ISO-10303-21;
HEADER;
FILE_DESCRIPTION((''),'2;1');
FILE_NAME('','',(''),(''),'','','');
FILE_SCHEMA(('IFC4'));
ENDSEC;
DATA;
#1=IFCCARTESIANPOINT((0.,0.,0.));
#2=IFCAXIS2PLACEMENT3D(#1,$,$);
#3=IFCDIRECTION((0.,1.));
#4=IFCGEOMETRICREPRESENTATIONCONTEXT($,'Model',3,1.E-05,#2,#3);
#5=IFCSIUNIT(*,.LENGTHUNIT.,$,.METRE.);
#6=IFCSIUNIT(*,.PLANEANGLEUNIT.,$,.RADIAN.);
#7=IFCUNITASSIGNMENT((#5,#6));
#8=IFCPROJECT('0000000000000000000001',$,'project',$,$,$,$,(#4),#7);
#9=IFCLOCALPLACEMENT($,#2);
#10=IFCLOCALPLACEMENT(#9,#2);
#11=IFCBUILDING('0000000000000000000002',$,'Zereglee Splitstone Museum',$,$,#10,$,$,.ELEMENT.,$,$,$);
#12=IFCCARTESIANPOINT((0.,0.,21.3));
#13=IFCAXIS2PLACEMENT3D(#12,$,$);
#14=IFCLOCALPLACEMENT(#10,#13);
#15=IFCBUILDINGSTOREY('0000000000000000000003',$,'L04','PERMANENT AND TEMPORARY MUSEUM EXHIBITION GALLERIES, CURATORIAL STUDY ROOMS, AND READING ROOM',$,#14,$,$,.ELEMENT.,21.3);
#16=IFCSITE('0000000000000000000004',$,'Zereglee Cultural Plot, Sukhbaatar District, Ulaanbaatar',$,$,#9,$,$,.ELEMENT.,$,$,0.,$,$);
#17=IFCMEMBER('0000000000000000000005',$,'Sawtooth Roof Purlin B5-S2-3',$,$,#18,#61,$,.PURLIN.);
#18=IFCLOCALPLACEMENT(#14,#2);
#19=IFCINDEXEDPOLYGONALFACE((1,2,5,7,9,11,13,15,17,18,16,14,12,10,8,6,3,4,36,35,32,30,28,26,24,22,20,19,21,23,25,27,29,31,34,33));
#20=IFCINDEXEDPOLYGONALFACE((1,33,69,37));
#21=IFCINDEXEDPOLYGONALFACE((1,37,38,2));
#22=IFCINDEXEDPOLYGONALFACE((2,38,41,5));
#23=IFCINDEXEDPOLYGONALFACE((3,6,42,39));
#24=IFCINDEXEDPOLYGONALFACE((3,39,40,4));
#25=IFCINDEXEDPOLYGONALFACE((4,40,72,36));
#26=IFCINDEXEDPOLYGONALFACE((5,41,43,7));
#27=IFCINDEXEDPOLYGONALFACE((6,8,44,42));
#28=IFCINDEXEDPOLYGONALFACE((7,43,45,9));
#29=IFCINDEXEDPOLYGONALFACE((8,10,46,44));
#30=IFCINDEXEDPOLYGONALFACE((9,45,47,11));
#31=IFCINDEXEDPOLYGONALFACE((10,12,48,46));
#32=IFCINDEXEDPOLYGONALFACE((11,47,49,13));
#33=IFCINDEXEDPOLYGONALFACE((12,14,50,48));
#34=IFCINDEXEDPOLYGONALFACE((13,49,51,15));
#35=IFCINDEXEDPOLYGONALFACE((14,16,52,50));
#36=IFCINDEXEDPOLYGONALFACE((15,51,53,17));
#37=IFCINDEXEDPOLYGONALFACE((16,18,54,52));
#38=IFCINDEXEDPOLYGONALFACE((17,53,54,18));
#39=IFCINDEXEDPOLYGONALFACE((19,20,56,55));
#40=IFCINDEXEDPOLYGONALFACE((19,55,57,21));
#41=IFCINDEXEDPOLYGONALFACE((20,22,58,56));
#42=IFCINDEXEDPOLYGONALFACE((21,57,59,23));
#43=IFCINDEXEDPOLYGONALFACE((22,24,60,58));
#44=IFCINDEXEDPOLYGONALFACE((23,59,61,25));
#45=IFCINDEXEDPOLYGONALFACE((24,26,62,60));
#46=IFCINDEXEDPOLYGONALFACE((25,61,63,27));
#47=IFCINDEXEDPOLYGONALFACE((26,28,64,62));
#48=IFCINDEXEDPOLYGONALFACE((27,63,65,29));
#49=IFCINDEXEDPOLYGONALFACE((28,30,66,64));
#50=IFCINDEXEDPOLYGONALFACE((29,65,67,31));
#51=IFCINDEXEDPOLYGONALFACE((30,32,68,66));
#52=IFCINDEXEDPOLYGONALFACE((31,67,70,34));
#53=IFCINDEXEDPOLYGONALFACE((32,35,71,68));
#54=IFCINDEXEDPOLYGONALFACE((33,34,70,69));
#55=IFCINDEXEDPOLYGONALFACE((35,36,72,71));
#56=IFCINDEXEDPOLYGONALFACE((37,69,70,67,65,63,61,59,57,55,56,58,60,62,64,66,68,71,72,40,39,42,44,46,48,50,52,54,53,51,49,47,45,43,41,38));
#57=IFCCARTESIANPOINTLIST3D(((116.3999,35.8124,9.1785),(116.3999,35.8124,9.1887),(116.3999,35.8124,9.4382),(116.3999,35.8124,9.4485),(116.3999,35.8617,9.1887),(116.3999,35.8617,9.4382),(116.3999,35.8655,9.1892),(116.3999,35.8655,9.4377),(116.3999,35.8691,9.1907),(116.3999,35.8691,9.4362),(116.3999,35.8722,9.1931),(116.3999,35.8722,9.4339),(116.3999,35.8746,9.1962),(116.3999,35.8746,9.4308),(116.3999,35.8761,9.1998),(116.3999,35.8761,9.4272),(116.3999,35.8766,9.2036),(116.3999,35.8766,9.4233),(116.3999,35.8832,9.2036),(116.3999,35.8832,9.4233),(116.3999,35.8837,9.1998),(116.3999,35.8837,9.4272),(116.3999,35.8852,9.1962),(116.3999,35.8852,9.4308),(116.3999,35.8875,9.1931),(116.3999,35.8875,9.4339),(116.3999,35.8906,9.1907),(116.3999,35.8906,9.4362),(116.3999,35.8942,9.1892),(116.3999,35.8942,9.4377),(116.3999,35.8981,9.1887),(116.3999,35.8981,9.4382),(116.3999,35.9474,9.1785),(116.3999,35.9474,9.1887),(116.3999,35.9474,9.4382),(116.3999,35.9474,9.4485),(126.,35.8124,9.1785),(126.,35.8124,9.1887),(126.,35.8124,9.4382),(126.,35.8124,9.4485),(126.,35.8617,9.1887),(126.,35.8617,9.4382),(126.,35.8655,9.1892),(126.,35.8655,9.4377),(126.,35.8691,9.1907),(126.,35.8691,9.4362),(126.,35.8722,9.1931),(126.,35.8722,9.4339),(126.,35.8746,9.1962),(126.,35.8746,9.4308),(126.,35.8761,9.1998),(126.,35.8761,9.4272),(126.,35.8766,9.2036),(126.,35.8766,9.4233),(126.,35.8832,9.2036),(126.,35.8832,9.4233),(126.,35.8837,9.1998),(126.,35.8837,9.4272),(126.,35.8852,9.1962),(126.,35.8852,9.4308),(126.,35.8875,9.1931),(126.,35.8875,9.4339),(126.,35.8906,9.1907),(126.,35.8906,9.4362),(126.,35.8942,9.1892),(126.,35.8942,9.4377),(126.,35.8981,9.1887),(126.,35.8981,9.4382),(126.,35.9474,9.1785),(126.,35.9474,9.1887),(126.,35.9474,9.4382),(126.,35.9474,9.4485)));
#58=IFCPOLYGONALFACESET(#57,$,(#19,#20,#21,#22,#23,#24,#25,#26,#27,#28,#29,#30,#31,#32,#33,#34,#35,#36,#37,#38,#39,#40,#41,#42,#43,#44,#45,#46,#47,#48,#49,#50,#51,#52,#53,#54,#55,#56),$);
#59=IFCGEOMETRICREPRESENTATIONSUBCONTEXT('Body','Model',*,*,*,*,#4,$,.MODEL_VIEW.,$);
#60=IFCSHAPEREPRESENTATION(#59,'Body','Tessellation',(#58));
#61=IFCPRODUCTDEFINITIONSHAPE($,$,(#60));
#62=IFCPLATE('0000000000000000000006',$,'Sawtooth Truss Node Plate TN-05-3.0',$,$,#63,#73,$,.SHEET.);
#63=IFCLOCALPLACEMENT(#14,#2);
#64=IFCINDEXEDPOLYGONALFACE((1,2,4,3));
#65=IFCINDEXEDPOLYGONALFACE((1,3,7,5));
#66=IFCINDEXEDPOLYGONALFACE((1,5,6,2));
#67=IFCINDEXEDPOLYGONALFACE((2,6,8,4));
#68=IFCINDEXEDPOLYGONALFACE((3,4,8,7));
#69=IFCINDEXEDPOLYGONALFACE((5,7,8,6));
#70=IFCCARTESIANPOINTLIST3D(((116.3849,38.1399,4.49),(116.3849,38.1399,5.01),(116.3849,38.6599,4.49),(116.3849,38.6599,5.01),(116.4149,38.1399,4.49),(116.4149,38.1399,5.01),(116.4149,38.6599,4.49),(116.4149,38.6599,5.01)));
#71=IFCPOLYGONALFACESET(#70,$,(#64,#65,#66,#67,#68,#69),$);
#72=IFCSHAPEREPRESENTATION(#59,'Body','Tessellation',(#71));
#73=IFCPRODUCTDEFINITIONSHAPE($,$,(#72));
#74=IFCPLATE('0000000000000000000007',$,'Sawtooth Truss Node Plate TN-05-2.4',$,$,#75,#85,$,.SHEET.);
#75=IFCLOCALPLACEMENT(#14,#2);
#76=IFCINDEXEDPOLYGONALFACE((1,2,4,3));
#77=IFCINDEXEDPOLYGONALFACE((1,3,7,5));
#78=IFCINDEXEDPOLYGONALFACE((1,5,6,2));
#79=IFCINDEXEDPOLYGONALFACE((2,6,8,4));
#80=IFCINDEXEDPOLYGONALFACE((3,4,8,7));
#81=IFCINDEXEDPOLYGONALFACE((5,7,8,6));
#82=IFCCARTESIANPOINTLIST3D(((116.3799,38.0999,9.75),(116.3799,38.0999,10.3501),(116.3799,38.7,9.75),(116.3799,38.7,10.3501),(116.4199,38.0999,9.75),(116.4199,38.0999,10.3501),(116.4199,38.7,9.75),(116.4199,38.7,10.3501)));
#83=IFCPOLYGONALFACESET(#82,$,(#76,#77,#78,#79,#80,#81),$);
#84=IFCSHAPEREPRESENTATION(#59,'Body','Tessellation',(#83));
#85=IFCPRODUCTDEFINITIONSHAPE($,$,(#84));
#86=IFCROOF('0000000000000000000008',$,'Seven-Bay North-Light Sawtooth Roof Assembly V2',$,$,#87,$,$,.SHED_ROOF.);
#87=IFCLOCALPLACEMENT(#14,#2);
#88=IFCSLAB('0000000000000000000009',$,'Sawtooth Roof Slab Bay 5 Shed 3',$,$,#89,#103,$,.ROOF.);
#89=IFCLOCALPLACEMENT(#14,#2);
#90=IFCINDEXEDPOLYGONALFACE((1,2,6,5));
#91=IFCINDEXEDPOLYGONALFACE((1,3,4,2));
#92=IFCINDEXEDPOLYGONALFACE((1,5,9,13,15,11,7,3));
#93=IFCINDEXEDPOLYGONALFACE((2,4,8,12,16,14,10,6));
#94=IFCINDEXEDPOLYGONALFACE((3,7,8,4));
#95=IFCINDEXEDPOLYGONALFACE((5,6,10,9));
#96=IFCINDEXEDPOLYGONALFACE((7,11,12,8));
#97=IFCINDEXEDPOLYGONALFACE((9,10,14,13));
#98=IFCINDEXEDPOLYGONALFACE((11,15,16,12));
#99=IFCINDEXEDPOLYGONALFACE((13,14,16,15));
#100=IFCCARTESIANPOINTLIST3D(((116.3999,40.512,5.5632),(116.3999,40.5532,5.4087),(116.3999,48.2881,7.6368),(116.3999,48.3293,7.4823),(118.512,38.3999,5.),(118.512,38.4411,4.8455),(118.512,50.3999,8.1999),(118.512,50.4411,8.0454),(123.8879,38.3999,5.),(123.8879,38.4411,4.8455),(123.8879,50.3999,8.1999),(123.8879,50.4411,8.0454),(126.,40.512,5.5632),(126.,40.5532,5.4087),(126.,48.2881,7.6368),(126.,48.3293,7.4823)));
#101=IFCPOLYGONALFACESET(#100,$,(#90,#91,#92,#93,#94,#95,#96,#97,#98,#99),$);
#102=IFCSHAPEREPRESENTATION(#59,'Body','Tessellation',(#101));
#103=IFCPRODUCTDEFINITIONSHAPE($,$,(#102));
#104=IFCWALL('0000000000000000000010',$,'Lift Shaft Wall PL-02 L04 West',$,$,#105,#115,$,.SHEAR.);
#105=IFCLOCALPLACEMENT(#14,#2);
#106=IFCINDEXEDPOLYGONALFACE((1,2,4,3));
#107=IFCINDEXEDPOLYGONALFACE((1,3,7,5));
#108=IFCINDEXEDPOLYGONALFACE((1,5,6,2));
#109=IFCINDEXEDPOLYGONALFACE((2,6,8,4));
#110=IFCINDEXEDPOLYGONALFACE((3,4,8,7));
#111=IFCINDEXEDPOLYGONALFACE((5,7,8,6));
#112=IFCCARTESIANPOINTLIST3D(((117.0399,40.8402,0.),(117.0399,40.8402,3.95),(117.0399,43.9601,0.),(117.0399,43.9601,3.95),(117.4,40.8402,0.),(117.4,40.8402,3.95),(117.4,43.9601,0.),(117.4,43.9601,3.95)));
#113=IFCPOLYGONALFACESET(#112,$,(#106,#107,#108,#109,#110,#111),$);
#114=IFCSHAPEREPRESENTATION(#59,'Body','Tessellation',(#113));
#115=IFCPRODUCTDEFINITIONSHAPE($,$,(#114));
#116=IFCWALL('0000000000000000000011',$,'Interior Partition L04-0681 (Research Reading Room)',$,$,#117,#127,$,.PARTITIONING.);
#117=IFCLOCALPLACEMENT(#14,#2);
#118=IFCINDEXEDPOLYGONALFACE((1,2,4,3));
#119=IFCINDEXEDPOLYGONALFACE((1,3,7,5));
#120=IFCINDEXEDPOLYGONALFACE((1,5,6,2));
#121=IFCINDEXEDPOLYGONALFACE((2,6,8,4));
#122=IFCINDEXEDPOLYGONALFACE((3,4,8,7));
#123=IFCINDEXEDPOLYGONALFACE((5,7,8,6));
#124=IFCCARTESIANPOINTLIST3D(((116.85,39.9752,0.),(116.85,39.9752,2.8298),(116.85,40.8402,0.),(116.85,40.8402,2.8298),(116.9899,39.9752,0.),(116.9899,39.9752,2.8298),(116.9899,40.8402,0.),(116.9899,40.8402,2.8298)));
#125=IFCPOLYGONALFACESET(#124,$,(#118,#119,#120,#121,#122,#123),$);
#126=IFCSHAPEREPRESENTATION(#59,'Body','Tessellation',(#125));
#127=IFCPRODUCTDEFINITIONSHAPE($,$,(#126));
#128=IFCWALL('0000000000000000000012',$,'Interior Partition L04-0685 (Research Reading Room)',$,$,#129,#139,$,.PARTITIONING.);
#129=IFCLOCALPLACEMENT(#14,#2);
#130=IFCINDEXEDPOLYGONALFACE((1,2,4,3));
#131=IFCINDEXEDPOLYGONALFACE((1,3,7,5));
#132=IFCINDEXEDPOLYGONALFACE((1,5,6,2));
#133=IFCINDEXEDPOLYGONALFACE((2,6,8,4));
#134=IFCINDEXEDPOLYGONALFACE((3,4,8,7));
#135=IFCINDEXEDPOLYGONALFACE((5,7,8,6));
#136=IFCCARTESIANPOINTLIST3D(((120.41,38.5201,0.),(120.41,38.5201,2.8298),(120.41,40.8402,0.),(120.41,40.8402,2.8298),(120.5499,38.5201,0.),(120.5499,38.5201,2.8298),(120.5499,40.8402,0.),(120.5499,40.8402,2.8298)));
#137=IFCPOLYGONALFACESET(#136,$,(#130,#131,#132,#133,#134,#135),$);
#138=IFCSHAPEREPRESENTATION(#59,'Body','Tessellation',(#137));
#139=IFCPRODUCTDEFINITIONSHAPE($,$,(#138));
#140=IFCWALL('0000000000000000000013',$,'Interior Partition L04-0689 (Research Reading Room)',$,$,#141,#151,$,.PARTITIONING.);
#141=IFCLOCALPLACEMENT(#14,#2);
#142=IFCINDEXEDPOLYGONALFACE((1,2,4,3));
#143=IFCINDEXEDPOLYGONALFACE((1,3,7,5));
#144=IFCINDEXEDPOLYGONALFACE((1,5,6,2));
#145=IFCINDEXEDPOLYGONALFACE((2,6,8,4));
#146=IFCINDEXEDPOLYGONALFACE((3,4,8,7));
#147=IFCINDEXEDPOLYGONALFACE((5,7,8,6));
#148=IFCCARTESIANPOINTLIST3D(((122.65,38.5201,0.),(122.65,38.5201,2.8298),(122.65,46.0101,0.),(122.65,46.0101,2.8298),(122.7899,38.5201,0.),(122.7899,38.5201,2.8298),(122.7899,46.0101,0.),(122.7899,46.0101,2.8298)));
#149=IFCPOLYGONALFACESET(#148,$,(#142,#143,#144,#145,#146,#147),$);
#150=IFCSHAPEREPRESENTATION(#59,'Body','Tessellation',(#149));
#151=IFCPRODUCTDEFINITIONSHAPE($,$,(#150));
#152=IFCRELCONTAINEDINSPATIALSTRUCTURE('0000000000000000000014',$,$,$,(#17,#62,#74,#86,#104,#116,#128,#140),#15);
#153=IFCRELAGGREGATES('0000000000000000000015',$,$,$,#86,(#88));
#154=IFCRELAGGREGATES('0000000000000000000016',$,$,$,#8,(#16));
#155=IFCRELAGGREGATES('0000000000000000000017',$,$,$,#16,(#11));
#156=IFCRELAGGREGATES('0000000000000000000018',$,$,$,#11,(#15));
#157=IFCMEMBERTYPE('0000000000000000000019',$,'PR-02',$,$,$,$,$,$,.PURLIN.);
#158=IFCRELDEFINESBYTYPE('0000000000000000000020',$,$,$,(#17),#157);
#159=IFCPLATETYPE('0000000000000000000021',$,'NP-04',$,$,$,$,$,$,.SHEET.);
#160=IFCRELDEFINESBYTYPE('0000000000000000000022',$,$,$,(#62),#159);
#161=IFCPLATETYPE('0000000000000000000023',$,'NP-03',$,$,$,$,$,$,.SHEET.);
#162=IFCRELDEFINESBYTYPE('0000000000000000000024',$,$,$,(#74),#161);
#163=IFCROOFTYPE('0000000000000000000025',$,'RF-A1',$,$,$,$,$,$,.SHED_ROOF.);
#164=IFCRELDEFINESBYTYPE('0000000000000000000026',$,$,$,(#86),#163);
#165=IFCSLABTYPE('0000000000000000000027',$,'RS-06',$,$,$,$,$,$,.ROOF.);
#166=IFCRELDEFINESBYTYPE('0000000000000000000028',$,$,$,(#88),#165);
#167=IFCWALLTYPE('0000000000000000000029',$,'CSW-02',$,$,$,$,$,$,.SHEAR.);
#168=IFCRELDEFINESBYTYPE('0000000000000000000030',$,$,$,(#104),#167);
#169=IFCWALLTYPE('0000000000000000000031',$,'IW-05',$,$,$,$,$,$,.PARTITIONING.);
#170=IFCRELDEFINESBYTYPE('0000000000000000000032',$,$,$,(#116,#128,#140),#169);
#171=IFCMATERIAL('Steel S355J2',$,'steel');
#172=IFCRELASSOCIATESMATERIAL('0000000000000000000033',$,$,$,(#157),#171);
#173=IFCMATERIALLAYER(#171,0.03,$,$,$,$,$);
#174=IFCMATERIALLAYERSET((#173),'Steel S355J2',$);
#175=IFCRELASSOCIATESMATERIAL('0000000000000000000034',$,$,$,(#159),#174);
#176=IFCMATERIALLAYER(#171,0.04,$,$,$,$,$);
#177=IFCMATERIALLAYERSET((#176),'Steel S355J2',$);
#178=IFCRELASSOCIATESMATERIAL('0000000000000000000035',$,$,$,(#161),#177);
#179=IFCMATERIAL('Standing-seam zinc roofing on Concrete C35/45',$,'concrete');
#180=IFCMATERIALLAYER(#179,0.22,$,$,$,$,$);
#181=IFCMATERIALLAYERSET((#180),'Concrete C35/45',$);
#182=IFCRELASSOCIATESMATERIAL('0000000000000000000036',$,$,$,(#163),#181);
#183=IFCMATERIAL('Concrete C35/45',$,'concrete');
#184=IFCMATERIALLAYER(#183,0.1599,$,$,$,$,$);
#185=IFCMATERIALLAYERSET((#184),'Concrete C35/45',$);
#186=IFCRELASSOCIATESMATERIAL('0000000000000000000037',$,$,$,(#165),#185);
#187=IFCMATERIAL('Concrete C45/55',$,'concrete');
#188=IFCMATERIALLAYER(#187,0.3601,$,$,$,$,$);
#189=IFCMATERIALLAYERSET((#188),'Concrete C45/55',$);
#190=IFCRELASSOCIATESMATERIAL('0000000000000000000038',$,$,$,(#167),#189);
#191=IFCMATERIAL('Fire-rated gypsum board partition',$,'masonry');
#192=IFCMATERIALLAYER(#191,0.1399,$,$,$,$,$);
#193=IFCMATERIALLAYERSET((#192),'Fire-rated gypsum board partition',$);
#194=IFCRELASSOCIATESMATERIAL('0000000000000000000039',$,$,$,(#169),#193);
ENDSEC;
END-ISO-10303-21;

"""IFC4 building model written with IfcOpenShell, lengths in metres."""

from ifc_helpers import new_model, si_unit, direction, frame, frame_2d, origin, origin_2d, place, context, subcontext, project, spatial, polyline, rectangle, i_section, outline, extrude, material, layer, layer_set, material_profile, profile_set, type_object, element, aggregate, save


model = new_model("IFC4")

# Units and contexts
model_context = context("Model", 3, precision=1e-05, world=origin(), true_north=direction((0.0, 1.0)))
body_context = subcontext(model_context, "Body", "Model", "MODEL_VIEW")
ifc_project = project(units=[si_unit("LENGTHUNIT", "METRE"), si_unit("PLANEANGLEUNIT", "RADIAN")], contexts=[model_context])

# Site, building, storey
site_placement = place(None, origin())
site = spatial("IfcSite", under=ifc_project, at=site_placement, Name="Zereglee Cultural Plot, Sukhbaatar District, Ulaanbaatar", CompositionType="ELEMENT", RefElevation=0.0)
building_placement = place(site_placement, origin())
building = spatial("IfcBuilding", under=site, at=building_placement, Name="Zereglee Splitstone Museum", CompositionType="ELEMENT")
storey_placement = place(building_placement, frame((0.0, 0.0, 21.3)))
storey = spatial("IfcBuildingStorey", under=building, at=storey_placement, Name="L04", Description="PERMANENT AND TEMPORARY MUSEUM EXHIBITION GALLERIES, CURATORIAL STUDY ROOMS, AND READING ROOM", CompositionType="ELEMENT", Elevation=21.3)

# Shared definitions
ifc_material_1 = material(Name="Steel S355J2", Category="steel")

# Member
ifc_material_profile_1 = material_profile(ifc_material_1, i_section(OverallWidth=0.135, OverallDepth=0.27, WebThickness=0.0066, FlangeThickness=0.0103, FilletRadius=0.0149, at=origin_2d()), Name="IPE 270")
ifc_profile_set_1 = profile_set([ifc_material_profile_1], Name="Steel S355J2")
member_type_1 = type_object("IfcMemberType", Name="PR-02", PredefinedType="PURLIN", material=ifc_profile_set_1)
member_1_placement = place(storey_placement, frame((116.3999, 35.8799, 9.3135), z_axis=(1.0, 0.0, 0.0), x_axis=(0.0, 1.0, 0.0)))
element("IfcMember", 1, at=member_1_placement, inside=storey, type_object=member_type_1, Name="Sawtooth Roof Purlin B5-S2-3", PredefinedType="PURLIN", context=body_context, shape_type="SweptSolid", body=[
    extrude(i_section(OverallWidth=0.135, OverallDepth=0.27, WebThickness=0.0066, FlangeThickness=0.0103, FilletRadius=0.0149, at=origin_2d()), origin(), (0.0, 0.0, 1.0), 9.6001),
])

# Plates
ifc_layer_1 = layer(ifc_material_1, 0.03)
ifc_layer_set_1 = layer_set([ifc_layer_1], Name="Steel S355J2")
plate_type_1 = type_object("IfcPlateType", Name="NP-04", PredefinedType="SHEET", material=ifc_layer_set_1)
plate_1_placement = place(storey_placement, frame((116.3999, 38.3999, 4.49), z_axis=(0.0, 0.0, 1.0), x_axis=(1.0, 0.0, 0.0)))
element("IfcPlate", 2, at=plate_1_placement, inside=storey, type_object=plate_type_1, Name="Sawtooth Truss Node Plate TN-05-3.0", PredefinedType="SHEET", context=body_context, shape_type="SweptSolid", body=[
    extrude(rectangle(XDim=0.03, YDim=0.52, at=origin_2d()), origin(), (0.0, 0.0, 1.0), 0.52),
])
ifc_layer_2 = layer(ifc_material_1, 0.04)
ifc_layer_set_2 = layer_set([ifc_layer_2], Name="Steel S355J2")
plate_type_2 = type_object("IfcPlateType", Name="NP-03", PredefinedType="SHEET", material=ifc_layer_set_2)
plate_2_placement = place(storey_placement, frame((116.3999, 38.3999, 9.75), z_axis=(0.0, 0.0, 1.0), x_axis=(1.0, 0.0, 0.0)))
element("IfcPlate", 3, at=plate_2_placement, inside=storey, type_object=plate_type_2, Name="Sawtooth Truss Node Plate TN-05-2.4", PredefinedType="SHEET", context=body_context, shape_type="SweptSolid", body=[
    extrude(rectangle(XDim=0.04, YDim=0.6001, at=origin_2d()), origin(), (0.0, 0.0, 1.0), 0.6001),
])

# Roof, slab
ifc_material_2 = material(Name="Standing-seam zinc roofing on Concrete C35/45", Category="concrete")
ifc_layer_3 = layer(ifc_material_2, 0.22)
ifc_layer_set_3 = layer_set([ifc_layer_3], Name="Concrete C35/45")
roof_type = type_object("IfcRoofType", Name="RF-A1", PredefinedType="SHED_ROOF", material=ifc_layer_set_3)
roof_placement = place(storey_placement, origin())
roof = element("IfcRoof", 4, at=roof_placement, inside=storey, type_object=roof_type, Name="Seven-Bay North-Light Sawtooth Roof Assembly V2", PredefinedType="SHED_ROOF")
ifc_material_3 = material(Name="Concrete C35/45", Category="concrete")
ifc_layer_4 = layer(ifc_material_3, 0.1599)
ifc_layer_set_4 = layer_set([ifc_layer_4], Name="Concrete C35/45")
slab_type = type_object("IfcSlabType", Name="RS-06", PredefinedType="ROOF", material=ifc_layer_set_4)
slab_placement = place(storey_placement, frame((118.512, 38.3999, 5.0), z_axis=(0.0, -0.257657, 0.966236), x_axis=(1.0, 0.0, 0.0)))
slab = element("IfcSlab", 5, at=slab_placement, type_object=slab_type, Name="Sawtooth Roof Slab Bay 5 Shed 3", PredefinedType="ROOF", context=body_context, shape_type="SweptSolid", body=[
    extrude(outline(polyline([(0.0, 0.0), (5.376, 0.0), (7.488, 2.1859), (7.488, 10.2337), (5.376, 12.4193), (0.0, 12.4193), (-2.1121, 10.2337), (-2.1121, 2.1859), (0.0, 0.0)])), origin(), (0.0, 0.0, -1.0), 0.1599),
])
aggregate(roof, [slab])

# Walls
ifc_material_4 = material(Name="Concrete C45/55", Category="concrete")
ifc_layer_5 = layer(ifc_material_4, 0.3601)
ifc_layer_set_5 = layer_set([ifc_layer_5], Name="Concrete C45/55")
wall_type_1 = type_object("IfcWallType", Name="CSW-02", PredefinedType="SHEAR", material=ifc_layer_set_5)
wall_1_placement = place(storey_placement, frame((117.22, 40.8401, 0.0), z_axis=(0.0, 0.0, 1.0), x_axis=(0.0, 1.0, 0.0)))
element("IfcWall", 6, at=wall_1_placement, inside=storey, type_object=wall_type_1, Name="Lift Shaft Wall PL-02 L04 West", PredefinedType="SHEAR", context=body_context, shape_type="SweptSolid", body=[
    extrude(rectangle(XDim=3.1199, YDim=0.3601, at=frame_2d((1.5601, 0.0))), origin(), (0.0, 0.0, 1.0), 3.95),
])
ifc_material_5 = material(Name="Fire-rated gypsum board partition", Category="masonry")
ifc_layer_6 = layer(ifc_material_5, 0.1399)
ifc_layer_set_6 = layer_set([ifc_layer_6], Name="Fire-rated gypsum board partition")
wall_type_2 = type_object("IfcWallType", Name="IW-05", PredefinedType="PARTITIONING", material=ifc_layer_set_6)
wall_2_placement = place(storey_placement, frame((116.9199, 39.9751, 0.0), z_axis=(0.0, 0.0, 1.0), x_axis=(0.0, 1.0, 0.0)))
element("IfcWall", 7, at=wall_2_placement, inside=storey, type_object=wall_type_2, Name="Interior Partition L04-0681 (Research Reading Room)", PredefinedType="PARTITIONING", context=body_context, shape_type="SweptSolid", body=[
    extrude(rectangle(XDim=0.865, YDim=0.1399, at=frame_2d((0.4326, 0.0))), origin(), (0.0, 0.0, 1.0), 2.8298),
])
wall_3_placement = place(storey_placement, frame((120.48, 38.52, 0.0), z_axis=(0.0, 0.0, 1.0), x_axis=(0.0, 1.0, 0.0)))
element("IfcWall", 8, at=wall_3_placement, inside=storey, type_object=wall_type_2, Name="Interior Partition L04-0685 (Research Reading Room)", PredefinedType="PARTITIONING", context=body_context, shape_type="SweptSolid", body=[
    extrude(rectangle(XDim=2.3201, YDim=0.1399, at=frame_2d((1.1602, 0.0))), origin(), (0.0, 0.0, 1.0), 2.8298),
])
wall_4_placement = place(storey_placement, frame((122.72, 38.52, 0.0), z_axis=(0.0, 0.0, 1.0), x_axis=(0.0, 1.0, 0.0)))
element("IfcWall", 9, at=wall_4_placement, inside=storey, type_object=wall_type_2, Name="Interior Partition L04-0689 (Research Reading Room)", PredefinedType="PARTITIONING", context=body_context, shape_type="SweptSolid", body=[
    extrude(rectangle(XDim=7.49, YDim=0.1399, at=frame_2d((3.7451, 0.0))), origin(), (0.0, 0.0, 1.0), 2.8298),
])

save(model, "model.ifc")
